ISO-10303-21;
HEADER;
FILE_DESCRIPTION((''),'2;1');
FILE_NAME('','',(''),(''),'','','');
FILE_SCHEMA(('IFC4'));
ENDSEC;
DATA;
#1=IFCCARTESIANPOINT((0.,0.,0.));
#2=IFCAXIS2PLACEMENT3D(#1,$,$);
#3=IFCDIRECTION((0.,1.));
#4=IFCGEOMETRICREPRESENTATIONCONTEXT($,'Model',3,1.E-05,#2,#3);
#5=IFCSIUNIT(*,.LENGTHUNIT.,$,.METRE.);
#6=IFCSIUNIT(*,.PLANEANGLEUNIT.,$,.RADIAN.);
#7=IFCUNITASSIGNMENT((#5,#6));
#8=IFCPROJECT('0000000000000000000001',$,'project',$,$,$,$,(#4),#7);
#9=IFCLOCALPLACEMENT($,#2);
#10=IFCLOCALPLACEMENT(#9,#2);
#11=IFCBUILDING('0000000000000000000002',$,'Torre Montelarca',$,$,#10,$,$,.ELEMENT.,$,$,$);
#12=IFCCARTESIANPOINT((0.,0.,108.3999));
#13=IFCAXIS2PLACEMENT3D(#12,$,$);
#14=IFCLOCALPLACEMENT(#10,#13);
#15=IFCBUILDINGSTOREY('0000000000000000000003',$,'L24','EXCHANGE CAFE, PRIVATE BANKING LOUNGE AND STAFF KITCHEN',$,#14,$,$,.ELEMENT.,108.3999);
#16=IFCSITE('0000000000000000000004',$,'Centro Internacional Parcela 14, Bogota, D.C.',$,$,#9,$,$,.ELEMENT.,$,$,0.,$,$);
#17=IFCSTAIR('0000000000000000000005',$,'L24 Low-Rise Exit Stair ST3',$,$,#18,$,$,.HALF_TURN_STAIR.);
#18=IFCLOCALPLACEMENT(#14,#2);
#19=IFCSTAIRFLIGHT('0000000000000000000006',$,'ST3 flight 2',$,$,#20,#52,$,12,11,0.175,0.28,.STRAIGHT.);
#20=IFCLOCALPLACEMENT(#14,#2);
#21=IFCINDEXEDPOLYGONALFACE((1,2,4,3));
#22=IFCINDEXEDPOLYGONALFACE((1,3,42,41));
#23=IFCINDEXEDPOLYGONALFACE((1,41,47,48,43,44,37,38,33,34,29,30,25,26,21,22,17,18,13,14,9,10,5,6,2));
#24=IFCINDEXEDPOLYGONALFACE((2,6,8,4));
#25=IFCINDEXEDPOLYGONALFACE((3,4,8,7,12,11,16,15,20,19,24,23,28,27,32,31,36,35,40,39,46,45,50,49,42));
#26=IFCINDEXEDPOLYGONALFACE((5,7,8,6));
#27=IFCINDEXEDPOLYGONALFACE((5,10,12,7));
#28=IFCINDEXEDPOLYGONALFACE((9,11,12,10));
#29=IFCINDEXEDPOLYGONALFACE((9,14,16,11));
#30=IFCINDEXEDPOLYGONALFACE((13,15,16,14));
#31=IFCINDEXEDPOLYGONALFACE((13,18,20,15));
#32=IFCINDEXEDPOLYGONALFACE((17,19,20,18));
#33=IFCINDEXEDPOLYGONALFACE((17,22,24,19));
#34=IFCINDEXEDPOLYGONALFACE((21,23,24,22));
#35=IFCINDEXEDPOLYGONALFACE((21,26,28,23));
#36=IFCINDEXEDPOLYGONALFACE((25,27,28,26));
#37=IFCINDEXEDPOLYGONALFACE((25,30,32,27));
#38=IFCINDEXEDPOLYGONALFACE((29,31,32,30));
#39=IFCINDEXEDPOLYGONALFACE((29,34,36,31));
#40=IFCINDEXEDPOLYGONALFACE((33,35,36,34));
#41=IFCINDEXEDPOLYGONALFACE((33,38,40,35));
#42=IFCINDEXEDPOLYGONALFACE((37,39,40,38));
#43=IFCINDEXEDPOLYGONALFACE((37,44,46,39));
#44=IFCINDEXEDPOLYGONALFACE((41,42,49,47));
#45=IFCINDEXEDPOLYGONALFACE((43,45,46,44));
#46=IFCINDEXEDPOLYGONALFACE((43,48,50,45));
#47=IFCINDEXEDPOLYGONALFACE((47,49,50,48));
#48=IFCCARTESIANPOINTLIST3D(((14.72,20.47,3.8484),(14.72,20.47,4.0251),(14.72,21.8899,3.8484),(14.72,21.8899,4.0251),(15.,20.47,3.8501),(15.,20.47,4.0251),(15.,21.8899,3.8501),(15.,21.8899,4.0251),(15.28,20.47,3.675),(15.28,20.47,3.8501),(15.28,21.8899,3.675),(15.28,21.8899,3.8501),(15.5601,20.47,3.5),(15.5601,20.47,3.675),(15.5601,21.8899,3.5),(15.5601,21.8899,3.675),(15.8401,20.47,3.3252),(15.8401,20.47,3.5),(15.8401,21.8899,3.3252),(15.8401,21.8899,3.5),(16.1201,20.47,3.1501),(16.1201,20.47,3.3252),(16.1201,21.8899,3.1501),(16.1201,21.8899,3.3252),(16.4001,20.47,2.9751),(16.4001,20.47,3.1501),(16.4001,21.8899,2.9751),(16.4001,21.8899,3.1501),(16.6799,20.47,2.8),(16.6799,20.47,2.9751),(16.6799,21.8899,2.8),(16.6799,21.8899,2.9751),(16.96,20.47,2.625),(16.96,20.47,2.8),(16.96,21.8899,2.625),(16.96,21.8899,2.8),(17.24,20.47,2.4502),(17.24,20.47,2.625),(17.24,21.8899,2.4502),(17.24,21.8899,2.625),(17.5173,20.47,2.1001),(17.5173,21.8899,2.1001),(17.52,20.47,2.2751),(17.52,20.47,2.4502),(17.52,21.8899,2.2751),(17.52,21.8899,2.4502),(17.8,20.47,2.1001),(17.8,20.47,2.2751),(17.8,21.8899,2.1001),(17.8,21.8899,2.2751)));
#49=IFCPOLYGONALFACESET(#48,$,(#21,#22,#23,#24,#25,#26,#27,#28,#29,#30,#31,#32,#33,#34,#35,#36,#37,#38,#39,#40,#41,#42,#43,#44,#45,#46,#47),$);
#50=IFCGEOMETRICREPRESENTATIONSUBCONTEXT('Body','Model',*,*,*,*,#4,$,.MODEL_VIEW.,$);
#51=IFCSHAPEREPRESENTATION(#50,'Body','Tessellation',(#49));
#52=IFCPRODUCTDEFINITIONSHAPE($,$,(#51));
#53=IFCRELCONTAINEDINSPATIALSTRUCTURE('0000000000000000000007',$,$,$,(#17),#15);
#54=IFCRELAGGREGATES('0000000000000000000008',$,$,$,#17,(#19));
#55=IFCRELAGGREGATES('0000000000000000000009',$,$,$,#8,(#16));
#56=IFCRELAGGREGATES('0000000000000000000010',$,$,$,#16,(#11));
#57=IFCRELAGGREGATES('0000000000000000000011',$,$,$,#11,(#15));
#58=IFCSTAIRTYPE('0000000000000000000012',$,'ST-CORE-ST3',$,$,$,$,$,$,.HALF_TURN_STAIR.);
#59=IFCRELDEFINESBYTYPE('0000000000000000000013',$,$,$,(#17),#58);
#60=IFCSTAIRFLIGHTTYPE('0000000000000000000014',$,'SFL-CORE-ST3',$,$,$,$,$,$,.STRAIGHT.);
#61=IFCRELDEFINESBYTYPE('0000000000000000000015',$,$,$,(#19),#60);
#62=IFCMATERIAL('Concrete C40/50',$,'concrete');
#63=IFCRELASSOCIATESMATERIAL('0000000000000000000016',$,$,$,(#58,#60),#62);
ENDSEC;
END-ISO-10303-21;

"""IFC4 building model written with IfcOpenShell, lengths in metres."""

from ifc_helpers import new_model, si_unit, direction, frame, origin, place, context, subcontext, project, spatial, polyline, outline, extrude, material, type_object, element, aggregate, save


model = new_model("IFC4")

# Units and contexts
model_context = context("Model", 3, precision=1e-05, world=origin(), true_north=direction((0.0, 1.0)))
body_context = subcontext(model_context, "Body", "Model", "MODEL_VIEW")
ifc_project = project(units=[si_unit("LENGTHUNIT", "METRE"), si_unit("PLANEANGLEUNIT", "RADIAN")], contexts=[model_context])

# Site, building, storey
site_placement = place(None, origin())
site = spatial("IfcSite", under=ifc_project, at=site_placement, Name="Centro Internacional Parcela 14, Bogota, D.C.", CompositionType="ELEMENT", RefElevation=0.0)
building_placement = place(site_placement, origin())
building = spatial("IfcBuilding", under=site, at=building_placement, Name="Torre Montelarca", CompositionType="ELEMENT")
storey_placement = place(building_placement, frame((0.0, 0.0, 108.3999)))
storey = spatial("IfcBuildingStorey", under=building, at=storey_placement, Name="L24", Description="EXCHANGE CAFE, PRIVATE BANKING LOUNGE AND STAFF KITCHEN", CompositionType="ELEMENT", Elevation=108.3999)

# Shared definitions
ifc_material_1 = material(Name="Concrete C40/50", Category="concrete")

# Stair, stair flight
stair_type = type_object("IfcStairType", Name="ST-CORE-ST3", PredefinedType="HALF_TURN_STAIR", material=ifc_material_1)
stair_placement = place(storey_placement, origin())
stair = element("IfcStair", 1, at=stair_placement, inside=storey, type_object=stair_type, Name="L24 Low-Rise Exit Stair ST3", PredefinedType="HALF_TURN_STAIR")
stair_flight_type = type_object("IfcStairFlightType", Name="SFL-CORE-ST3", PredefinedType="STRAIGHT", material=ifc_material_1)
stair_flight_1_placement = place(storey_placement, frame((17.8, 21.1799, 2.1001), z_axis=(0.0, 0.0, 1.0), x_axis=(-1.0, 0.0, 0.0)))
stair_flight_1 = element("IfcStairFlight", 2, at=stair_flight_1_placement, type_object=stair_flight_type, Name="ST3 flight 2", NumberOfRisers=12, NumberOfTreads=11, PredefinedType="STRAIGHT", RiserHeight=0.175, TreadLength=0.28, context=body_context, shape_type="SweptSolid", body=[
    extrude(outline(polyline([(0.0, 0.0), (0.0, 0.175), (0.28, 0.175), (0.28, 0.3501), (0.5601, 0.3501), (0.5601, 0.5249), (0.8401, 0.5249), (0.8401, 0.7), (1.1201, 0.7), (1.1201, 0.875), (1.3999, 0.875), (1.3999, 1.05), (1.6799, 1.05), (1.6799, 1.2251), (1.96, 1.2251), (1.96, 1.3999), (2.24, 1.3999), (2.24, 1.575), (2.52, 1.575), (2.52, 1.75), (2.8, 1.75), (2.8, 1.925), (3.0801, 1.925), (3.0801, 2.1001), (3.0801, 1.7483), (0.2827, 0.0), (0.0, 0.0)])), frame((0.0, 0.71, 0.0), z_axis=(0.0, -1.0, 0.0), x_axis=(1.0, 0.0, 0.0)), (0.0, 0.0, 1.0), 1.4199),
])
aggregate(stair, [stair_flight_1])

save(model, "model.ifc")
